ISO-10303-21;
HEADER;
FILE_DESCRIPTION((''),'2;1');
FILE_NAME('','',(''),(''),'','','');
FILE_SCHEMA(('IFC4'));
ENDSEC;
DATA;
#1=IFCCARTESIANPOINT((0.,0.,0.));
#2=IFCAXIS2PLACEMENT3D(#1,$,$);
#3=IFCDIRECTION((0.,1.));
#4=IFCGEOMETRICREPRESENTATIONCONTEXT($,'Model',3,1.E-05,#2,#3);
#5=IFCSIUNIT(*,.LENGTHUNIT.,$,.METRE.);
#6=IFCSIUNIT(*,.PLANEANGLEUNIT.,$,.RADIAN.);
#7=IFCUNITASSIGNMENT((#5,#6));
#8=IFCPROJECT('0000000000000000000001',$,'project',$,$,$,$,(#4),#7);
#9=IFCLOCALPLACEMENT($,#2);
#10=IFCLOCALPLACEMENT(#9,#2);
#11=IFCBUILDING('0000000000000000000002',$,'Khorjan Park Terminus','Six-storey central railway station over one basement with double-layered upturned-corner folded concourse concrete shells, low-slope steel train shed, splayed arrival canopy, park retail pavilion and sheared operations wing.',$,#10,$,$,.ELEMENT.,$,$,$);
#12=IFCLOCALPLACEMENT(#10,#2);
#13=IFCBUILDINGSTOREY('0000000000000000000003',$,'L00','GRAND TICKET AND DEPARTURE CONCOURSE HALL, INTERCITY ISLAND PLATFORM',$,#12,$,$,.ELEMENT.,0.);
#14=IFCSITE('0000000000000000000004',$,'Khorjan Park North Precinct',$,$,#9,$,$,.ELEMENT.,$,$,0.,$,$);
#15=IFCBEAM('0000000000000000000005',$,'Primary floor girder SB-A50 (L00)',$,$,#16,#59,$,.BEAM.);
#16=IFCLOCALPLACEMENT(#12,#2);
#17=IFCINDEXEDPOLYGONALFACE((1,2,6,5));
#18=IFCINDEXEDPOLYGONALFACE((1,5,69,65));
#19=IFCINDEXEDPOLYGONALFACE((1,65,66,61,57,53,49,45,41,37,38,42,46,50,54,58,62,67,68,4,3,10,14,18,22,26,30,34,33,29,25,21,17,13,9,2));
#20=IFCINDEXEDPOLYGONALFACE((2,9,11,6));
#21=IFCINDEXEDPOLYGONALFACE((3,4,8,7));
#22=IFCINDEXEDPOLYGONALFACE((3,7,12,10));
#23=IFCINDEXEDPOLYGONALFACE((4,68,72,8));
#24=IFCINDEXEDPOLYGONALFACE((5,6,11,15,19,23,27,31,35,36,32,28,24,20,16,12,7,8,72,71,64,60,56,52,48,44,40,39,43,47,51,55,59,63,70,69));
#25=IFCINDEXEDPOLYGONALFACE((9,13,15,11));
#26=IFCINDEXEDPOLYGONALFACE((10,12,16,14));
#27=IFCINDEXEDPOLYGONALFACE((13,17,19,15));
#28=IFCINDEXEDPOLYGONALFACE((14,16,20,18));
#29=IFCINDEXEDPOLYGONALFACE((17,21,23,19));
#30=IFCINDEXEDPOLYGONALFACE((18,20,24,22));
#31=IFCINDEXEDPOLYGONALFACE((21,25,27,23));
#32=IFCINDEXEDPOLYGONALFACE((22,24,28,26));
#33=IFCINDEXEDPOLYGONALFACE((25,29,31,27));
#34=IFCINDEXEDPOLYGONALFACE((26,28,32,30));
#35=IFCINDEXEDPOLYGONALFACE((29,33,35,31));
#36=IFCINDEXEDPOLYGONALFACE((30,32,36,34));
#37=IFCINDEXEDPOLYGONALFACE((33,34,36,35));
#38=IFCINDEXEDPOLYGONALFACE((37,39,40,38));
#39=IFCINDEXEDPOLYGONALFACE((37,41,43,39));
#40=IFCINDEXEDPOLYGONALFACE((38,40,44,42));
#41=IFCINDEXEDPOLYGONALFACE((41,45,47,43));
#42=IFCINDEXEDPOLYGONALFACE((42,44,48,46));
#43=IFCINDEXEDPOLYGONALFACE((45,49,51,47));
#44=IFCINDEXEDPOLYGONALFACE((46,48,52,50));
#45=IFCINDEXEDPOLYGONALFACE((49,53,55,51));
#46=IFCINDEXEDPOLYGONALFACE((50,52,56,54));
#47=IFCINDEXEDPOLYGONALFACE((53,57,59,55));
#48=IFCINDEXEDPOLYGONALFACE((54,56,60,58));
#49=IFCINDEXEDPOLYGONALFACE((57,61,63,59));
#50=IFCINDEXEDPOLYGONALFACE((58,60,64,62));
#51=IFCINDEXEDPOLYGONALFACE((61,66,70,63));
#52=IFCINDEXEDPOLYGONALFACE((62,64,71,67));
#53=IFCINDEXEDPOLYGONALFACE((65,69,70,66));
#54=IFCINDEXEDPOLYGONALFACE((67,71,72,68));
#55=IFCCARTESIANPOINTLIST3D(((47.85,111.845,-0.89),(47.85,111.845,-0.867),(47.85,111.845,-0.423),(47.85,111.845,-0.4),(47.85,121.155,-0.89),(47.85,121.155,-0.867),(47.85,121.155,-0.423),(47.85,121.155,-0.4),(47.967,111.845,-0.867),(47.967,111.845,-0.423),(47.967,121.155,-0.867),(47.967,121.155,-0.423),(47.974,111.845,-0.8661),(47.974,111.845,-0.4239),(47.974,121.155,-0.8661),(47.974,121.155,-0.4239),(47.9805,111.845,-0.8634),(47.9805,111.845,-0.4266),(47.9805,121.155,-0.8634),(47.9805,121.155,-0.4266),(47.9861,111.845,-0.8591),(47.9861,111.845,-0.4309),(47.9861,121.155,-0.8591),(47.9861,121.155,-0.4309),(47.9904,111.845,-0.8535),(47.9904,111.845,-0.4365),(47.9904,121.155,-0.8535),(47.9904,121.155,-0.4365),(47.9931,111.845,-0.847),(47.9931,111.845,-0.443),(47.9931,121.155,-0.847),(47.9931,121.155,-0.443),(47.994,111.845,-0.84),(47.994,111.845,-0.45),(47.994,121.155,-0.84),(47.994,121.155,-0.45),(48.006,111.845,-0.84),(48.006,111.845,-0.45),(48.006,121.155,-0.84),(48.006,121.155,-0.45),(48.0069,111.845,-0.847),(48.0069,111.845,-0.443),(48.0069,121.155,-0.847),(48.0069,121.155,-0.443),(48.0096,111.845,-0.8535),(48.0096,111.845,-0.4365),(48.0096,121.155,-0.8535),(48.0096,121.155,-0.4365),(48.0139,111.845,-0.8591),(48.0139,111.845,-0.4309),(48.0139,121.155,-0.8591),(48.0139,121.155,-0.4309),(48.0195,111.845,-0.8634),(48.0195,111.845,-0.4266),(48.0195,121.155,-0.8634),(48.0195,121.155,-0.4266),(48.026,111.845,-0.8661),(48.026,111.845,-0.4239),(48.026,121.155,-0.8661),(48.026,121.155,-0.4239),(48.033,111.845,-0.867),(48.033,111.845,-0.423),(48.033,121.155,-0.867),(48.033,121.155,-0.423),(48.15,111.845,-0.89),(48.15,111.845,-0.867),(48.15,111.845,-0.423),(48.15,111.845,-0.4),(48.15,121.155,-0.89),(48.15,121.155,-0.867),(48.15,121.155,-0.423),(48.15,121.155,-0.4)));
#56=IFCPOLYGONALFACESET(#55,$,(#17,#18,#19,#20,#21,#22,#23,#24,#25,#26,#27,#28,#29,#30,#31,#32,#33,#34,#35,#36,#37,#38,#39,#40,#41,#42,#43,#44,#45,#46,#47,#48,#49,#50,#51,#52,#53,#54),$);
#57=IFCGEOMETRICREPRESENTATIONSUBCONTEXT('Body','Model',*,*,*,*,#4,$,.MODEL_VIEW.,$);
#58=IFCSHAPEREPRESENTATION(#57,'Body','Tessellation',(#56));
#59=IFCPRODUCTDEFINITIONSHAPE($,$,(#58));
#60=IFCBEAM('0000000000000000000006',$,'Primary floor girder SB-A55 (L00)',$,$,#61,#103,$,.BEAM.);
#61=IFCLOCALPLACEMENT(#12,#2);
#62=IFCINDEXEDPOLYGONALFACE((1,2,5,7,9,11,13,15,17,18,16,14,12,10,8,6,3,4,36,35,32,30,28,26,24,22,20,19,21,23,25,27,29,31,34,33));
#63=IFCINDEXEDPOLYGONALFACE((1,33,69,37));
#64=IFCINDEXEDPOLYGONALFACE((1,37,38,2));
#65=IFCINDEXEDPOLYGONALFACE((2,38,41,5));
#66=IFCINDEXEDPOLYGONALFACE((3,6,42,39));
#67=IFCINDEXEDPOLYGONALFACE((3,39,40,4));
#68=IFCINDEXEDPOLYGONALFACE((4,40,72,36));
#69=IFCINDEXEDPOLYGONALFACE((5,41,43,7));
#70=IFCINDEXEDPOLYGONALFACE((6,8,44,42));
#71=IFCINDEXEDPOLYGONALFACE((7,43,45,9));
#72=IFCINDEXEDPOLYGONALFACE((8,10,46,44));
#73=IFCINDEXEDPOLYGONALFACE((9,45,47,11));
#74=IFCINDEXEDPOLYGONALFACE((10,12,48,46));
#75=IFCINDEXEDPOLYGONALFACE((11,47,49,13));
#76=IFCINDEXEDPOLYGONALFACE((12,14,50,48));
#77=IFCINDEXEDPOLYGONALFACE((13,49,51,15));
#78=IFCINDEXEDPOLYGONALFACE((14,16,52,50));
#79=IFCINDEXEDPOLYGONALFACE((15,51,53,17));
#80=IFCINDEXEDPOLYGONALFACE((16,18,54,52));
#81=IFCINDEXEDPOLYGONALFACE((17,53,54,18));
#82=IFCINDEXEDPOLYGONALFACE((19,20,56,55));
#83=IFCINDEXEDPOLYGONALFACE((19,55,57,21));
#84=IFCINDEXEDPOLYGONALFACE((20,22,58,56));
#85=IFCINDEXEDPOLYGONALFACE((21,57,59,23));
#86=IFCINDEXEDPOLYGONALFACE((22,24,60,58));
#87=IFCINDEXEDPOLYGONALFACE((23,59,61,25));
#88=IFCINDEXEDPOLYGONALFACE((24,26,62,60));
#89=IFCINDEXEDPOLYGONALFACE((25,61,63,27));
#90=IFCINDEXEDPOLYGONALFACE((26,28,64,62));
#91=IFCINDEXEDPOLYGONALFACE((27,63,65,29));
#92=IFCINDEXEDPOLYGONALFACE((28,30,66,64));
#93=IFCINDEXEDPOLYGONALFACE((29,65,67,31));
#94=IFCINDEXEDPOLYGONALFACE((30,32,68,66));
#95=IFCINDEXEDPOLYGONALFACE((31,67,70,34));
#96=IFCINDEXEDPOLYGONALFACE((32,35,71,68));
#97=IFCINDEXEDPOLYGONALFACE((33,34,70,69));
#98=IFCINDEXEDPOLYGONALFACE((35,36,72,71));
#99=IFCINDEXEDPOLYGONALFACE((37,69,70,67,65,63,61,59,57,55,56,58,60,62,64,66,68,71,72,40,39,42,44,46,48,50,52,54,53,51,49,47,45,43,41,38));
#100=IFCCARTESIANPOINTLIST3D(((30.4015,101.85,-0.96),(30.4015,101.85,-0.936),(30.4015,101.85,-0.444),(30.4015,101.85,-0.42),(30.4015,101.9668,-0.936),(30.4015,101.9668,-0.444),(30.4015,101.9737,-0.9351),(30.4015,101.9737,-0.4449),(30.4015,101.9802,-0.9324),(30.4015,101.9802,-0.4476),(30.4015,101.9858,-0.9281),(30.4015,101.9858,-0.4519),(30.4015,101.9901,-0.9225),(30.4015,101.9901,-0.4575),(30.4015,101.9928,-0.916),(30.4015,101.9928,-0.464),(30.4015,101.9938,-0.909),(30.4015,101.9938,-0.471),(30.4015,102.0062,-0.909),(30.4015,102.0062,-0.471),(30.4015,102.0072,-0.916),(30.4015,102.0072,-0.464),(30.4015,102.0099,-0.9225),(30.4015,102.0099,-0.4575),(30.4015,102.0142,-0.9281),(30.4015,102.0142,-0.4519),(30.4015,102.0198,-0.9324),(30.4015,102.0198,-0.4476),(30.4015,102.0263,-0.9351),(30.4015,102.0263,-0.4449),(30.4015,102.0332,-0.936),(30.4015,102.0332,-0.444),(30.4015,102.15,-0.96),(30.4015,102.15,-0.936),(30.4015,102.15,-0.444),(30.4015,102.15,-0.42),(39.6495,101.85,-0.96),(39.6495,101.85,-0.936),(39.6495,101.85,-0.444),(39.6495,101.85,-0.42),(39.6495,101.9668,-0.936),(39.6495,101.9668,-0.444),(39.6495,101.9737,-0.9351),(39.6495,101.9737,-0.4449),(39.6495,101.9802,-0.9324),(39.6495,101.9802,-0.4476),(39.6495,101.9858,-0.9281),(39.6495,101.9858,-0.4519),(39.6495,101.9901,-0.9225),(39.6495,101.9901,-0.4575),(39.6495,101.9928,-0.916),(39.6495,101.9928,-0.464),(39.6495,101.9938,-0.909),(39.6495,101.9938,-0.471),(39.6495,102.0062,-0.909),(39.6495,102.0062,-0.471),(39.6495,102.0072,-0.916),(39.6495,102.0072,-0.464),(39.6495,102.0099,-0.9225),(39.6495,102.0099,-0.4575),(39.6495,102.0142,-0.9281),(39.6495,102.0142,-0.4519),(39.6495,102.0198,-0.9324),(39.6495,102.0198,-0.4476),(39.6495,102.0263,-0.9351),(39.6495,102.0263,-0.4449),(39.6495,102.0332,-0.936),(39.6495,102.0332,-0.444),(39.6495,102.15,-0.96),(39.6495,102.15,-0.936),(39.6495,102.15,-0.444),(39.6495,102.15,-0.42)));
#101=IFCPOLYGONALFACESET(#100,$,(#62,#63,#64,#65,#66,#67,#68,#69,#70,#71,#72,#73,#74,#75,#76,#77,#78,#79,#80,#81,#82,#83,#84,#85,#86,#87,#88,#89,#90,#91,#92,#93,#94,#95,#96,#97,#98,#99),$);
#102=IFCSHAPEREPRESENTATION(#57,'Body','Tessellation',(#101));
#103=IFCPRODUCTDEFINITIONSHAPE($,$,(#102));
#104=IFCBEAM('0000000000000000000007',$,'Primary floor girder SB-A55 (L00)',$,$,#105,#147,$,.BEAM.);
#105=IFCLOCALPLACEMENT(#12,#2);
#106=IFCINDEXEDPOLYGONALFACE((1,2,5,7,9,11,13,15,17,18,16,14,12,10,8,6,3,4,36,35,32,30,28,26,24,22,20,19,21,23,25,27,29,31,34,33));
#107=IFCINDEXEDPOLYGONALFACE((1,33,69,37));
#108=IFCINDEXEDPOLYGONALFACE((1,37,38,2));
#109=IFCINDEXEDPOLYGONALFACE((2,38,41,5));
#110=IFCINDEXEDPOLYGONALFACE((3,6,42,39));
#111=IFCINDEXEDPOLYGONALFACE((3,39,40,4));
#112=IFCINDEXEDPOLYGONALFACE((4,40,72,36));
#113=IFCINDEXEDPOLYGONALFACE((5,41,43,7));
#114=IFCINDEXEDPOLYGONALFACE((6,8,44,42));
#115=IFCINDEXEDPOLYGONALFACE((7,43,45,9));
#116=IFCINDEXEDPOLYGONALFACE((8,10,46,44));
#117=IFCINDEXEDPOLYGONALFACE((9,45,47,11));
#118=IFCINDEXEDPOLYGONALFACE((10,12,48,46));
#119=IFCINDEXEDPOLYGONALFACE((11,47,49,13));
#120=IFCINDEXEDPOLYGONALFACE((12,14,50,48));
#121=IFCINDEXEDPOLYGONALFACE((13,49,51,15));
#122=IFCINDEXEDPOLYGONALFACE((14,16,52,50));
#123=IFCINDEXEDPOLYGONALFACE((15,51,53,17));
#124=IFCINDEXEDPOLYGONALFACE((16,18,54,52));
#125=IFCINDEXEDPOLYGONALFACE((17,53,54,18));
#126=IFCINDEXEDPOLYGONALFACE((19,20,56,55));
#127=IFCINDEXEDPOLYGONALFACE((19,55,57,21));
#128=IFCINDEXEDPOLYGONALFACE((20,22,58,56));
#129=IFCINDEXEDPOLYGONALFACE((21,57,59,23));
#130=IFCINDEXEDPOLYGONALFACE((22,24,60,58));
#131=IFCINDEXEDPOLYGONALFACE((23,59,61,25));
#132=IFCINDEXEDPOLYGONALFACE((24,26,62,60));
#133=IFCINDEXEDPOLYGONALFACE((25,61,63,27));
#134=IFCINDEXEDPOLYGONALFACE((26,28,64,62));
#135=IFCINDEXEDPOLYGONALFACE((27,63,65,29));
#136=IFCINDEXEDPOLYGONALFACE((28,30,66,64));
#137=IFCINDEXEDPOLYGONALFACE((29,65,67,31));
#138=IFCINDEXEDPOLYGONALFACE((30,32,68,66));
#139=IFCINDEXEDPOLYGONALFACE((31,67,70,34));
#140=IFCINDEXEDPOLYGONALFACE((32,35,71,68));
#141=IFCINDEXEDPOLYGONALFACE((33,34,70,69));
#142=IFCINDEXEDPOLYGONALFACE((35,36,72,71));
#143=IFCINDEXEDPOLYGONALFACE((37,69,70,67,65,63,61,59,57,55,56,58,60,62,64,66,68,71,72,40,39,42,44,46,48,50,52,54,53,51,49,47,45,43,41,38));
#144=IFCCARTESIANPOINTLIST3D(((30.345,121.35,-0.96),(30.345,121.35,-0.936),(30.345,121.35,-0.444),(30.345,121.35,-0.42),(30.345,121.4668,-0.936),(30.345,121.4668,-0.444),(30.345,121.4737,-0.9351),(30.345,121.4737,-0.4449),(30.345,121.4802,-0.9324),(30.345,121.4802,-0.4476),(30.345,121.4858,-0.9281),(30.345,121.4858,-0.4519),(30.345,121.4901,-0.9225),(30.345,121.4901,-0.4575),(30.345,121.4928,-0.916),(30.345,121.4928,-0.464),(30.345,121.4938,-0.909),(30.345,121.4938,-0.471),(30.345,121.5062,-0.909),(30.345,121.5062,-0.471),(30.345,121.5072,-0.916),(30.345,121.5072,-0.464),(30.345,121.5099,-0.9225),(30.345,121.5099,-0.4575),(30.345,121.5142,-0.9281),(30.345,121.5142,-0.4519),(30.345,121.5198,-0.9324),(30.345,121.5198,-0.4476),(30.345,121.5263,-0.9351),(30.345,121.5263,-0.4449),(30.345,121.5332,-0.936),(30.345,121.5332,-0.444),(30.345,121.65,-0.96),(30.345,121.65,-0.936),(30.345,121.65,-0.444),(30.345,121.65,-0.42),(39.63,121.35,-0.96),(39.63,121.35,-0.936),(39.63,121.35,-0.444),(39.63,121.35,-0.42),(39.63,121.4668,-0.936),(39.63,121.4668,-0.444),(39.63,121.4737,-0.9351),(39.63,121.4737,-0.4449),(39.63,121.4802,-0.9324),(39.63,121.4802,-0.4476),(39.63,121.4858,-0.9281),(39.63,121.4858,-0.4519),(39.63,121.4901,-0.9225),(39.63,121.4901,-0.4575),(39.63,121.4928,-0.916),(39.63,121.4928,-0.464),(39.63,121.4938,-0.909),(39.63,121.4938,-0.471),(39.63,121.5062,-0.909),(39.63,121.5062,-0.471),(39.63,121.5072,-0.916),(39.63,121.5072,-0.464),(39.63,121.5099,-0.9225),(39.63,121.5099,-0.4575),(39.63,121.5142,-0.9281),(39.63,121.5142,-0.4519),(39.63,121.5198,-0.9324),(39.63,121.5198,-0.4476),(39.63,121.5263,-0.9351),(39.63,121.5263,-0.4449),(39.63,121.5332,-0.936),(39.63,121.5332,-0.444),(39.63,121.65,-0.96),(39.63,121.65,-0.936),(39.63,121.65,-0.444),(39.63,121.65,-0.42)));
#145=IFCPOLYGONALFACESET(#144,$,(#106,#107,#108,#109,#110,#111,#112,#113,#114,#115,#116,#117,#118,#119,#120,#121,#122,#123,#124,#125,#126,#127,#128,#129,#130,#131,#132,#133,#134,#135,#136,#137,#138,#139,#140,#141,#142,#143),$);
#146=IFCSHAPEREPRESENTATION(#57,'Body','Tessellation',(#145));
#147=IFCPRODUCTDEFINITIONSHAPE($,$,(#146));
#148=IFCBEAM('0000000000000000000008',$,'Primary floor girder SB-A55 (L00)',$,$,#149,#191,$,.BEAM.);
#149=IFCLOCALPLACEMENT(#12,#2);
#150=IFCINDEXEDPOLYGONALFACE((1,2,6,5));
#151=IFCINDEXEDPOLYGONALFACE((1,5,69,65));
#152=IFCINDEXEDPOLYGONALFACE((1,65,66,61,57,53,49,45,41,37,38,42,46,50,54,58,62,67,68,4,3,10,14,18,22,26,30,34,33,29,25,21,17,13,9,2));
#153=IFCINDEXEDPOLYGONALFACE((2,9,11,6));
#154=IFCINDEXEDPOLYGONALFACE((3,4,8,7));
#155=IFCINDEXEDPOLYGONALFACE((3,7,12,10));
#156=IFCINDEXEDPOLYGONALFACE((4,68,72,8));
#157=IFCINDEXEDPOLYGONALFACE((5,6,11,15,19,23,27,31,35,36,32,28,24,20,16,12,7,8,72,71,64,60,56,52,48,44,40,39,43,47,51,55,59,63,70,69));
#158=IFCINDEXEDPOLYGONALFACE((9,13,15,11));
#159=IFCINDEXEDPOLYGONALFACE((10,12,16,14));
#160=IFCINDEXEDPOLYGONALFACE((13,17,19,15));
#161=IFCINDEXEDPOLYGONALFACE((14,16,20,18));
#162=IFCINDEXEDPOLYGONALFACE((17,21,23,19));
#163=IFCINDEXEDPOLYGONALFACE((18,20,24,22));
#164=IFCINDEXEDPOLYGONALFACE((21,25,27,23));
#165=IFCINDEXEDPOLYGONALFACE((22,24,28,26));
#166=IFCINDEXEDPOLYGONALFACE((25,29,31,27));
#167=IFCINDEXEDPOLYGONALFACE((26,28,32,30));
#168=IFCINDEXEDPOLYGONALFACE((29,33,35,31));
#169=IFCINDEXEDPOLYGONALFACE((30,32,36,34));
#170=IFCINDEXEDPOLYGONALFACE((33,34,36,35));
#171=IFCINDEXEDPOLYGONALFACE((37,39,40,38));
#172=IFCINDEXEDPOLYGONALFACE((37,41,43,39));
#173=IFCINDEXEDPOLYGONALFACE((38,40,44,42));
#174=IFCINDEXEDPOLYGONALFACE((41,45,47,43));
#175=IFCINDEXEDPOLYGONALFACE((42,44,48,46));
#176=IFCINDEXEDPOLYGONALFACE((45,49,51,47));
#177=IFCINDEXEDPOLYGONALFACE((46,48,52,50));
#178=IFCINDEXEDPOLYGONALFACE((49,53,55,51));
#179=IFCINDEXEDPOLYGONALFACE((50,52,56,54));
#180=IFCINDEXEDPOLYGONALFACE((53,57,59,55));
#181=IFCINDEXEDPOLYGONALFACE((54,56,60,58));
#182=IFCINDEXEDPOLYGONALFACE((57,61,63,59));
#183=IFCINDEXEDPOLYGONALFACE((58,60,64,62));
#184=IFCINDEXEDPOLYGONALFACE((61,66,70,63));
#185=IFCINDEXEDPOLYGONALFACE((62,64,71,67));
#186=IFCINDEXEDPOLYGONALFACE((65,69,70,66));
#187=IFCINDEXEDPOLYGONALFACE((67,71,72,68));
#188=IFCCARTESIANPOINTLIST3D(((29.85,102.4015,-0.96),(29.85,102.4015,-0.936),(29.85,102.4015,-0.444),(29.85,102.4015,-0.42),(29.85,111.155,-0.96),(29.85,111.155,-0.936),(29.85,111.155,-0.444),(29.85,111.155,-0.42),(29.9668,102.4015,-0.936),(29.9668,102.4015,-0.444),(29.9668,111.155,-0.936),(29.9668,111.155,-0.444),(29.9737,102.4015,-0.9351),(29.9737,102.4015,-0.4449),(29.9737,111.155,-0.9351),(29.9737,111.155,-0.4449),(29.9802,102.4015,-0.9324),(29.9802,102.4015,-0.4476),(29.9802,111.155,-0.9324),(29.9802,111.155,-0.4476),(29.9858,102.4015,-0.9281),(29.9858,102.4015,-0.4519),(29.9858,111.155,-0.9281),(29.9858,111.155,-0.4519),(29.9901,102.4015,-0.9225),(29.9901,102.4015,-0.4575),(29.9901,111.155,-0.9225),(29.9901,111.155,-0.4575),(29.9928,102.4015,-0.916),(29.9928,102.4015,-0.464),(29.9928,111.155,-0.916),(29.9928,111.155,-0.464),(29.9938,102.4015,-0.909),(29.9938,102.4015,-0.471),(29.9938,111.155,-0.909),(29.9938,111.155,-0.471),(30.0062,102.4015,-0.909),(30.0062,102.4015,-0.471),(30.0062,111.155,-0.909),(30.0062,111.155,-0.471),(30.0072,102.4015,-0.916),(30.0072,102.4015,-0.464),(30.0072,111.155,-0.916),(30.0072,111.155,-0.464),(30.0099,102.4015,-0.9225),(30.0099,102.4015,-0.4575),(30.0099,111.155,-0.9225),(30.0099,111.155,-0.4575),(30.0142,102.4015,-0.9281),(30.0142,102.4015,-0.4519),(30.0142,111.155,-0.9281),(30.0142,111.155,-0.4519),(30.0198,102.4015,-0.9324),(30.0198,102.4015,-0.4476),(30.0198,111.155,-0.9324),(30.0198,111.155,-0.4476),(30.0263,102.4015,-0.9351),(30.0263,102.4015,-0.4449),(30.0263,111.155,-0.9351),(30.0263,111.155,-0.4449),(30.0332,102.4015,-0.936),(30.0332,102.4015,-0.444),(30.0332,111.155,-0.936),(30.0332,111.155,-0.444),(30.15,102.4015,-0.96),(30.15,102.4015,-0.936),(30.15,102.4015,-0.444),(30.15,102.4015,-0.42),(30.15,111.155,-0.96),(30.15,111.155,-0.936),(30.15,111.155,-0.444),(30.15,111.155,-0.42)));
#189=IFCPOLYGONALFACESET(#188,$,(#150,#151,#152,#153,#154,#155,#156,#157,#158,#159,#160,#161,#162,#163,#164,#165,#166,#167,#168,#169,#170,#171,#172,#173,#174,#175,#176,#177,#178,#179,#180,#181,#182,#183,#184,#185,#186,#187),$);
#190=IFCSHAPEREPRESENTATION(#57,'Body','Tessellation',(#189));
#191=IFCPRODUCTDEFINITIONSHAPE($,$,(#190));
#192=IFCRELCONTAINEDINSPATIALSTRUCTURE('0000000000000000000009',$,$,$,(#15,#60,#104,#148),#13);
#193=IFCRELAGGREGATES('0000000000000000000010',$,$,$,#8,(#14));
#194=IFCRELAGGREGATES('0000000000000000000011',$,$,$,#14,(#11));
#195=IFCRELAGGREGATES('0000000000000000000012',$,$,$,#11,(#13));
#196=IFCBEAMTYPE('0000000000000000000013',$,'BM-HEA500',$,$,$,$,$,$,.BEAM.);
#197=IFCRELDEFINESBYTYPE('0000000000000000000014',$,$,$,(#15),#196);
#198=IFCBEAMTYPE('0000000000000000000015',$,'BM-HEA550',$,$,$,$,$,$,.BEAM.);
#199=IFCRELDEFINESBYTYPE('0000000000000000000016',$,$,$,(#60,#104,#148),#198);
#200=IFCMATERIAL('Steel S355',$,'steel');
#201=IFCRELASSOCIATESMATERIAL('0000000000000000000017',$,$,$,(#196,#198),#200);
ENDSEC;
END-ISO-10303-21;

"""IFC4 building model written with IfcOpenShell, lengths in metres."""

from ifc_helpers import new_model, si_unit, direction, frame, origin, origin_2d, place, context, subcontext, project, spatial, i_section, extrude, material, material_profile, profile_set, type_object, element, save


model = new_model("IFC4")

# Units and contexts
model_context = context("Model", 3, precision=1e-05, world=origin(), true_north=direction((0.0, 1.0)))
body_context = subcontext(model_context, "Body", "Model", "MODEL_VIEW")
ifc_project = project(units=[si_unit("LENGTHUNIT", "METRE"), si_unit("PLANEANGLEUNIT", "RADIAN")], contexts=[model_context])

# Site, building, storey
site_placement = place(None, origin())
site = spatial("IfcSite", under=ifc_project, at=site_placement, Name="Khorjan Park North Precinct", CompositionType="ELEMENT", RefElevation=0.0)
building_placement = place(site_placement, origin())
building = spatial("IfcBuilding", under=site, at=building_placement, Name="Khorjan Park Terminus", Description="Six-storey central railway station over one basement with double-layered upturned-corner folded concourse concrete shells, low-slope steel train shed, splayed arrival canopy, park retail pavilion and sheared operations wing.", CompositionType="ELEMENT")
storey_placement = place(building_placement, origin())
storey = spatial("IfcBuildingStorey", under=building, at=storey_placement, Name="L00", Description="GRAND TICKET AND DEPARTURE CONCOURSE HALL, INTERCITY ISLAND PLATFORM", CompositionType="ELEMENT", Elevation=0.0)

# Shared definitions
ifc_material = material(Name="Steel S355", Category="steel")

# Beams
ifc_material_profile_1 = material_profile(ifc_material, i_section(OverallWidth=0.3, OverallDepth=0.49, WebThickness=0.012, FlangeThickness=0.023, FilletRadius=0.027, at=origin_2d()), Name="HEA 500")
ifc_profile_set_1 = profile_set([ifc_material_profile_1], Name="Steel S355")
beam_type_1 = type_object("IfcBeamType", Name="BM-HEA500", PredefinedType="BEAM", material=ifc_profile_set_1)
beam_1_placement = place(storey_placement, frame((48.0, 111.845, -0.645), z_axis=(0.0, 1.0, 0.0), x_axis=(-1.0, 0.0, 0.0)))
element("IfcBeam", 1, at=beam_1_placement, inside=storey, type_object=beam_type_1, Name="Primary floor girder SB-A50 (L00)", PredefinedType="BEAM", context=body_context, shape_type="SweptSolid", body=[
    extrude(i_section(OverallWidth=0.3, OverallDepth=0.49, WebThickness=0.012, FlangeThickness=0.023, FilletRadius=0.027, at=origin_2d()), origin(), (0.0, 0.0, 1.0), 9.31),
])
ifc_material_profile_2 = material_profile(ifc_material, i_section(OverallWidth=0.3, OverallDepth=0.54, WebThickness=0.0125, FlangeThickness=0.024, FilletRadius=0.027, at=origin_2d()), Name="HEA 550")
ifc_profile_set_2 = profile_set([ifc_material_profile_2], Name="Steel S355")
beam_type_2 = type_object("IfcBeamType", Name="BM-HEA550", PredefinedType="BEAM", material=ifc_profile_set_2)
beam_2_placement = place(storey_placement, frame((30.4015, 102.0, -0.69), z_axis=(1.0, 0.0, 0.0), x_axis=(0.0, 1.0, 0.0)))
element("IfcBeam", 2, at=beam_2_placement, inside=storey, type_object=beam_type_2, Name="Primary floor girder SB-A55 (L00)", PredefinedType="BEAM", context=body_context, shape_type="SweptSolid", body=[
    extrude(i_section(OverallWidth=0.3, OverallDepth=0.54, WebThickness=0.0125, FlangeThickness=0.024, FilletRadius=0.027, at=origin_2d()), origin(), (0.0, 0.0, 1.0), 9.248),
])
beam_3_placement = place(storey_placement, frame((30.345, 121.5, -0.69), z_axis=(1.0, 0.0, 0.0), x_axis=(0.0, 1.0, 0.0)))
element("IfcBeam", 3, at=beam_3_placement, inside=storey, type_object=beam_type_2, Name="Primary floor girder SB-A55 (L00)", PredefinedType="BEAM", context=body_context, shape_type="SweptSolid", body=[
    extrude(i_section(OverallWidth=0.3, OverallDepth=0.54, WebThickness=0.0125, FlangeThickness=0.024, FilletRadius=0.027, at=origin_2d()), origin(), (0.0, 0.0, 1.0), 9.285),
])
beam_4_placement = place(storey_placement, frame((30.0, 102.4015, -0.69), z_axis=(0.0, 1.0, 0.0), x_axis=(-1.0, 0.0, 0.0)))
element("IfcBeam", 4, at=beam_4_placement, inside=storey, type_object=beam_type_2, Name="Primary floor girder SB-A55 (L00)", PredefinedType="BEAM", context=body_context, shape_type="SweptSolid", body=[
    extrude(i_section(OverallWidth=0.3, OverallDepth=0.54, WebThickness=0.0125, FlangeThickness=0.024, FilletRadius=0.027, at=origin_2d()), origin(), (0.0, 0.0, 1.0), 8.7535),
])

save(model, "model.ifc")
